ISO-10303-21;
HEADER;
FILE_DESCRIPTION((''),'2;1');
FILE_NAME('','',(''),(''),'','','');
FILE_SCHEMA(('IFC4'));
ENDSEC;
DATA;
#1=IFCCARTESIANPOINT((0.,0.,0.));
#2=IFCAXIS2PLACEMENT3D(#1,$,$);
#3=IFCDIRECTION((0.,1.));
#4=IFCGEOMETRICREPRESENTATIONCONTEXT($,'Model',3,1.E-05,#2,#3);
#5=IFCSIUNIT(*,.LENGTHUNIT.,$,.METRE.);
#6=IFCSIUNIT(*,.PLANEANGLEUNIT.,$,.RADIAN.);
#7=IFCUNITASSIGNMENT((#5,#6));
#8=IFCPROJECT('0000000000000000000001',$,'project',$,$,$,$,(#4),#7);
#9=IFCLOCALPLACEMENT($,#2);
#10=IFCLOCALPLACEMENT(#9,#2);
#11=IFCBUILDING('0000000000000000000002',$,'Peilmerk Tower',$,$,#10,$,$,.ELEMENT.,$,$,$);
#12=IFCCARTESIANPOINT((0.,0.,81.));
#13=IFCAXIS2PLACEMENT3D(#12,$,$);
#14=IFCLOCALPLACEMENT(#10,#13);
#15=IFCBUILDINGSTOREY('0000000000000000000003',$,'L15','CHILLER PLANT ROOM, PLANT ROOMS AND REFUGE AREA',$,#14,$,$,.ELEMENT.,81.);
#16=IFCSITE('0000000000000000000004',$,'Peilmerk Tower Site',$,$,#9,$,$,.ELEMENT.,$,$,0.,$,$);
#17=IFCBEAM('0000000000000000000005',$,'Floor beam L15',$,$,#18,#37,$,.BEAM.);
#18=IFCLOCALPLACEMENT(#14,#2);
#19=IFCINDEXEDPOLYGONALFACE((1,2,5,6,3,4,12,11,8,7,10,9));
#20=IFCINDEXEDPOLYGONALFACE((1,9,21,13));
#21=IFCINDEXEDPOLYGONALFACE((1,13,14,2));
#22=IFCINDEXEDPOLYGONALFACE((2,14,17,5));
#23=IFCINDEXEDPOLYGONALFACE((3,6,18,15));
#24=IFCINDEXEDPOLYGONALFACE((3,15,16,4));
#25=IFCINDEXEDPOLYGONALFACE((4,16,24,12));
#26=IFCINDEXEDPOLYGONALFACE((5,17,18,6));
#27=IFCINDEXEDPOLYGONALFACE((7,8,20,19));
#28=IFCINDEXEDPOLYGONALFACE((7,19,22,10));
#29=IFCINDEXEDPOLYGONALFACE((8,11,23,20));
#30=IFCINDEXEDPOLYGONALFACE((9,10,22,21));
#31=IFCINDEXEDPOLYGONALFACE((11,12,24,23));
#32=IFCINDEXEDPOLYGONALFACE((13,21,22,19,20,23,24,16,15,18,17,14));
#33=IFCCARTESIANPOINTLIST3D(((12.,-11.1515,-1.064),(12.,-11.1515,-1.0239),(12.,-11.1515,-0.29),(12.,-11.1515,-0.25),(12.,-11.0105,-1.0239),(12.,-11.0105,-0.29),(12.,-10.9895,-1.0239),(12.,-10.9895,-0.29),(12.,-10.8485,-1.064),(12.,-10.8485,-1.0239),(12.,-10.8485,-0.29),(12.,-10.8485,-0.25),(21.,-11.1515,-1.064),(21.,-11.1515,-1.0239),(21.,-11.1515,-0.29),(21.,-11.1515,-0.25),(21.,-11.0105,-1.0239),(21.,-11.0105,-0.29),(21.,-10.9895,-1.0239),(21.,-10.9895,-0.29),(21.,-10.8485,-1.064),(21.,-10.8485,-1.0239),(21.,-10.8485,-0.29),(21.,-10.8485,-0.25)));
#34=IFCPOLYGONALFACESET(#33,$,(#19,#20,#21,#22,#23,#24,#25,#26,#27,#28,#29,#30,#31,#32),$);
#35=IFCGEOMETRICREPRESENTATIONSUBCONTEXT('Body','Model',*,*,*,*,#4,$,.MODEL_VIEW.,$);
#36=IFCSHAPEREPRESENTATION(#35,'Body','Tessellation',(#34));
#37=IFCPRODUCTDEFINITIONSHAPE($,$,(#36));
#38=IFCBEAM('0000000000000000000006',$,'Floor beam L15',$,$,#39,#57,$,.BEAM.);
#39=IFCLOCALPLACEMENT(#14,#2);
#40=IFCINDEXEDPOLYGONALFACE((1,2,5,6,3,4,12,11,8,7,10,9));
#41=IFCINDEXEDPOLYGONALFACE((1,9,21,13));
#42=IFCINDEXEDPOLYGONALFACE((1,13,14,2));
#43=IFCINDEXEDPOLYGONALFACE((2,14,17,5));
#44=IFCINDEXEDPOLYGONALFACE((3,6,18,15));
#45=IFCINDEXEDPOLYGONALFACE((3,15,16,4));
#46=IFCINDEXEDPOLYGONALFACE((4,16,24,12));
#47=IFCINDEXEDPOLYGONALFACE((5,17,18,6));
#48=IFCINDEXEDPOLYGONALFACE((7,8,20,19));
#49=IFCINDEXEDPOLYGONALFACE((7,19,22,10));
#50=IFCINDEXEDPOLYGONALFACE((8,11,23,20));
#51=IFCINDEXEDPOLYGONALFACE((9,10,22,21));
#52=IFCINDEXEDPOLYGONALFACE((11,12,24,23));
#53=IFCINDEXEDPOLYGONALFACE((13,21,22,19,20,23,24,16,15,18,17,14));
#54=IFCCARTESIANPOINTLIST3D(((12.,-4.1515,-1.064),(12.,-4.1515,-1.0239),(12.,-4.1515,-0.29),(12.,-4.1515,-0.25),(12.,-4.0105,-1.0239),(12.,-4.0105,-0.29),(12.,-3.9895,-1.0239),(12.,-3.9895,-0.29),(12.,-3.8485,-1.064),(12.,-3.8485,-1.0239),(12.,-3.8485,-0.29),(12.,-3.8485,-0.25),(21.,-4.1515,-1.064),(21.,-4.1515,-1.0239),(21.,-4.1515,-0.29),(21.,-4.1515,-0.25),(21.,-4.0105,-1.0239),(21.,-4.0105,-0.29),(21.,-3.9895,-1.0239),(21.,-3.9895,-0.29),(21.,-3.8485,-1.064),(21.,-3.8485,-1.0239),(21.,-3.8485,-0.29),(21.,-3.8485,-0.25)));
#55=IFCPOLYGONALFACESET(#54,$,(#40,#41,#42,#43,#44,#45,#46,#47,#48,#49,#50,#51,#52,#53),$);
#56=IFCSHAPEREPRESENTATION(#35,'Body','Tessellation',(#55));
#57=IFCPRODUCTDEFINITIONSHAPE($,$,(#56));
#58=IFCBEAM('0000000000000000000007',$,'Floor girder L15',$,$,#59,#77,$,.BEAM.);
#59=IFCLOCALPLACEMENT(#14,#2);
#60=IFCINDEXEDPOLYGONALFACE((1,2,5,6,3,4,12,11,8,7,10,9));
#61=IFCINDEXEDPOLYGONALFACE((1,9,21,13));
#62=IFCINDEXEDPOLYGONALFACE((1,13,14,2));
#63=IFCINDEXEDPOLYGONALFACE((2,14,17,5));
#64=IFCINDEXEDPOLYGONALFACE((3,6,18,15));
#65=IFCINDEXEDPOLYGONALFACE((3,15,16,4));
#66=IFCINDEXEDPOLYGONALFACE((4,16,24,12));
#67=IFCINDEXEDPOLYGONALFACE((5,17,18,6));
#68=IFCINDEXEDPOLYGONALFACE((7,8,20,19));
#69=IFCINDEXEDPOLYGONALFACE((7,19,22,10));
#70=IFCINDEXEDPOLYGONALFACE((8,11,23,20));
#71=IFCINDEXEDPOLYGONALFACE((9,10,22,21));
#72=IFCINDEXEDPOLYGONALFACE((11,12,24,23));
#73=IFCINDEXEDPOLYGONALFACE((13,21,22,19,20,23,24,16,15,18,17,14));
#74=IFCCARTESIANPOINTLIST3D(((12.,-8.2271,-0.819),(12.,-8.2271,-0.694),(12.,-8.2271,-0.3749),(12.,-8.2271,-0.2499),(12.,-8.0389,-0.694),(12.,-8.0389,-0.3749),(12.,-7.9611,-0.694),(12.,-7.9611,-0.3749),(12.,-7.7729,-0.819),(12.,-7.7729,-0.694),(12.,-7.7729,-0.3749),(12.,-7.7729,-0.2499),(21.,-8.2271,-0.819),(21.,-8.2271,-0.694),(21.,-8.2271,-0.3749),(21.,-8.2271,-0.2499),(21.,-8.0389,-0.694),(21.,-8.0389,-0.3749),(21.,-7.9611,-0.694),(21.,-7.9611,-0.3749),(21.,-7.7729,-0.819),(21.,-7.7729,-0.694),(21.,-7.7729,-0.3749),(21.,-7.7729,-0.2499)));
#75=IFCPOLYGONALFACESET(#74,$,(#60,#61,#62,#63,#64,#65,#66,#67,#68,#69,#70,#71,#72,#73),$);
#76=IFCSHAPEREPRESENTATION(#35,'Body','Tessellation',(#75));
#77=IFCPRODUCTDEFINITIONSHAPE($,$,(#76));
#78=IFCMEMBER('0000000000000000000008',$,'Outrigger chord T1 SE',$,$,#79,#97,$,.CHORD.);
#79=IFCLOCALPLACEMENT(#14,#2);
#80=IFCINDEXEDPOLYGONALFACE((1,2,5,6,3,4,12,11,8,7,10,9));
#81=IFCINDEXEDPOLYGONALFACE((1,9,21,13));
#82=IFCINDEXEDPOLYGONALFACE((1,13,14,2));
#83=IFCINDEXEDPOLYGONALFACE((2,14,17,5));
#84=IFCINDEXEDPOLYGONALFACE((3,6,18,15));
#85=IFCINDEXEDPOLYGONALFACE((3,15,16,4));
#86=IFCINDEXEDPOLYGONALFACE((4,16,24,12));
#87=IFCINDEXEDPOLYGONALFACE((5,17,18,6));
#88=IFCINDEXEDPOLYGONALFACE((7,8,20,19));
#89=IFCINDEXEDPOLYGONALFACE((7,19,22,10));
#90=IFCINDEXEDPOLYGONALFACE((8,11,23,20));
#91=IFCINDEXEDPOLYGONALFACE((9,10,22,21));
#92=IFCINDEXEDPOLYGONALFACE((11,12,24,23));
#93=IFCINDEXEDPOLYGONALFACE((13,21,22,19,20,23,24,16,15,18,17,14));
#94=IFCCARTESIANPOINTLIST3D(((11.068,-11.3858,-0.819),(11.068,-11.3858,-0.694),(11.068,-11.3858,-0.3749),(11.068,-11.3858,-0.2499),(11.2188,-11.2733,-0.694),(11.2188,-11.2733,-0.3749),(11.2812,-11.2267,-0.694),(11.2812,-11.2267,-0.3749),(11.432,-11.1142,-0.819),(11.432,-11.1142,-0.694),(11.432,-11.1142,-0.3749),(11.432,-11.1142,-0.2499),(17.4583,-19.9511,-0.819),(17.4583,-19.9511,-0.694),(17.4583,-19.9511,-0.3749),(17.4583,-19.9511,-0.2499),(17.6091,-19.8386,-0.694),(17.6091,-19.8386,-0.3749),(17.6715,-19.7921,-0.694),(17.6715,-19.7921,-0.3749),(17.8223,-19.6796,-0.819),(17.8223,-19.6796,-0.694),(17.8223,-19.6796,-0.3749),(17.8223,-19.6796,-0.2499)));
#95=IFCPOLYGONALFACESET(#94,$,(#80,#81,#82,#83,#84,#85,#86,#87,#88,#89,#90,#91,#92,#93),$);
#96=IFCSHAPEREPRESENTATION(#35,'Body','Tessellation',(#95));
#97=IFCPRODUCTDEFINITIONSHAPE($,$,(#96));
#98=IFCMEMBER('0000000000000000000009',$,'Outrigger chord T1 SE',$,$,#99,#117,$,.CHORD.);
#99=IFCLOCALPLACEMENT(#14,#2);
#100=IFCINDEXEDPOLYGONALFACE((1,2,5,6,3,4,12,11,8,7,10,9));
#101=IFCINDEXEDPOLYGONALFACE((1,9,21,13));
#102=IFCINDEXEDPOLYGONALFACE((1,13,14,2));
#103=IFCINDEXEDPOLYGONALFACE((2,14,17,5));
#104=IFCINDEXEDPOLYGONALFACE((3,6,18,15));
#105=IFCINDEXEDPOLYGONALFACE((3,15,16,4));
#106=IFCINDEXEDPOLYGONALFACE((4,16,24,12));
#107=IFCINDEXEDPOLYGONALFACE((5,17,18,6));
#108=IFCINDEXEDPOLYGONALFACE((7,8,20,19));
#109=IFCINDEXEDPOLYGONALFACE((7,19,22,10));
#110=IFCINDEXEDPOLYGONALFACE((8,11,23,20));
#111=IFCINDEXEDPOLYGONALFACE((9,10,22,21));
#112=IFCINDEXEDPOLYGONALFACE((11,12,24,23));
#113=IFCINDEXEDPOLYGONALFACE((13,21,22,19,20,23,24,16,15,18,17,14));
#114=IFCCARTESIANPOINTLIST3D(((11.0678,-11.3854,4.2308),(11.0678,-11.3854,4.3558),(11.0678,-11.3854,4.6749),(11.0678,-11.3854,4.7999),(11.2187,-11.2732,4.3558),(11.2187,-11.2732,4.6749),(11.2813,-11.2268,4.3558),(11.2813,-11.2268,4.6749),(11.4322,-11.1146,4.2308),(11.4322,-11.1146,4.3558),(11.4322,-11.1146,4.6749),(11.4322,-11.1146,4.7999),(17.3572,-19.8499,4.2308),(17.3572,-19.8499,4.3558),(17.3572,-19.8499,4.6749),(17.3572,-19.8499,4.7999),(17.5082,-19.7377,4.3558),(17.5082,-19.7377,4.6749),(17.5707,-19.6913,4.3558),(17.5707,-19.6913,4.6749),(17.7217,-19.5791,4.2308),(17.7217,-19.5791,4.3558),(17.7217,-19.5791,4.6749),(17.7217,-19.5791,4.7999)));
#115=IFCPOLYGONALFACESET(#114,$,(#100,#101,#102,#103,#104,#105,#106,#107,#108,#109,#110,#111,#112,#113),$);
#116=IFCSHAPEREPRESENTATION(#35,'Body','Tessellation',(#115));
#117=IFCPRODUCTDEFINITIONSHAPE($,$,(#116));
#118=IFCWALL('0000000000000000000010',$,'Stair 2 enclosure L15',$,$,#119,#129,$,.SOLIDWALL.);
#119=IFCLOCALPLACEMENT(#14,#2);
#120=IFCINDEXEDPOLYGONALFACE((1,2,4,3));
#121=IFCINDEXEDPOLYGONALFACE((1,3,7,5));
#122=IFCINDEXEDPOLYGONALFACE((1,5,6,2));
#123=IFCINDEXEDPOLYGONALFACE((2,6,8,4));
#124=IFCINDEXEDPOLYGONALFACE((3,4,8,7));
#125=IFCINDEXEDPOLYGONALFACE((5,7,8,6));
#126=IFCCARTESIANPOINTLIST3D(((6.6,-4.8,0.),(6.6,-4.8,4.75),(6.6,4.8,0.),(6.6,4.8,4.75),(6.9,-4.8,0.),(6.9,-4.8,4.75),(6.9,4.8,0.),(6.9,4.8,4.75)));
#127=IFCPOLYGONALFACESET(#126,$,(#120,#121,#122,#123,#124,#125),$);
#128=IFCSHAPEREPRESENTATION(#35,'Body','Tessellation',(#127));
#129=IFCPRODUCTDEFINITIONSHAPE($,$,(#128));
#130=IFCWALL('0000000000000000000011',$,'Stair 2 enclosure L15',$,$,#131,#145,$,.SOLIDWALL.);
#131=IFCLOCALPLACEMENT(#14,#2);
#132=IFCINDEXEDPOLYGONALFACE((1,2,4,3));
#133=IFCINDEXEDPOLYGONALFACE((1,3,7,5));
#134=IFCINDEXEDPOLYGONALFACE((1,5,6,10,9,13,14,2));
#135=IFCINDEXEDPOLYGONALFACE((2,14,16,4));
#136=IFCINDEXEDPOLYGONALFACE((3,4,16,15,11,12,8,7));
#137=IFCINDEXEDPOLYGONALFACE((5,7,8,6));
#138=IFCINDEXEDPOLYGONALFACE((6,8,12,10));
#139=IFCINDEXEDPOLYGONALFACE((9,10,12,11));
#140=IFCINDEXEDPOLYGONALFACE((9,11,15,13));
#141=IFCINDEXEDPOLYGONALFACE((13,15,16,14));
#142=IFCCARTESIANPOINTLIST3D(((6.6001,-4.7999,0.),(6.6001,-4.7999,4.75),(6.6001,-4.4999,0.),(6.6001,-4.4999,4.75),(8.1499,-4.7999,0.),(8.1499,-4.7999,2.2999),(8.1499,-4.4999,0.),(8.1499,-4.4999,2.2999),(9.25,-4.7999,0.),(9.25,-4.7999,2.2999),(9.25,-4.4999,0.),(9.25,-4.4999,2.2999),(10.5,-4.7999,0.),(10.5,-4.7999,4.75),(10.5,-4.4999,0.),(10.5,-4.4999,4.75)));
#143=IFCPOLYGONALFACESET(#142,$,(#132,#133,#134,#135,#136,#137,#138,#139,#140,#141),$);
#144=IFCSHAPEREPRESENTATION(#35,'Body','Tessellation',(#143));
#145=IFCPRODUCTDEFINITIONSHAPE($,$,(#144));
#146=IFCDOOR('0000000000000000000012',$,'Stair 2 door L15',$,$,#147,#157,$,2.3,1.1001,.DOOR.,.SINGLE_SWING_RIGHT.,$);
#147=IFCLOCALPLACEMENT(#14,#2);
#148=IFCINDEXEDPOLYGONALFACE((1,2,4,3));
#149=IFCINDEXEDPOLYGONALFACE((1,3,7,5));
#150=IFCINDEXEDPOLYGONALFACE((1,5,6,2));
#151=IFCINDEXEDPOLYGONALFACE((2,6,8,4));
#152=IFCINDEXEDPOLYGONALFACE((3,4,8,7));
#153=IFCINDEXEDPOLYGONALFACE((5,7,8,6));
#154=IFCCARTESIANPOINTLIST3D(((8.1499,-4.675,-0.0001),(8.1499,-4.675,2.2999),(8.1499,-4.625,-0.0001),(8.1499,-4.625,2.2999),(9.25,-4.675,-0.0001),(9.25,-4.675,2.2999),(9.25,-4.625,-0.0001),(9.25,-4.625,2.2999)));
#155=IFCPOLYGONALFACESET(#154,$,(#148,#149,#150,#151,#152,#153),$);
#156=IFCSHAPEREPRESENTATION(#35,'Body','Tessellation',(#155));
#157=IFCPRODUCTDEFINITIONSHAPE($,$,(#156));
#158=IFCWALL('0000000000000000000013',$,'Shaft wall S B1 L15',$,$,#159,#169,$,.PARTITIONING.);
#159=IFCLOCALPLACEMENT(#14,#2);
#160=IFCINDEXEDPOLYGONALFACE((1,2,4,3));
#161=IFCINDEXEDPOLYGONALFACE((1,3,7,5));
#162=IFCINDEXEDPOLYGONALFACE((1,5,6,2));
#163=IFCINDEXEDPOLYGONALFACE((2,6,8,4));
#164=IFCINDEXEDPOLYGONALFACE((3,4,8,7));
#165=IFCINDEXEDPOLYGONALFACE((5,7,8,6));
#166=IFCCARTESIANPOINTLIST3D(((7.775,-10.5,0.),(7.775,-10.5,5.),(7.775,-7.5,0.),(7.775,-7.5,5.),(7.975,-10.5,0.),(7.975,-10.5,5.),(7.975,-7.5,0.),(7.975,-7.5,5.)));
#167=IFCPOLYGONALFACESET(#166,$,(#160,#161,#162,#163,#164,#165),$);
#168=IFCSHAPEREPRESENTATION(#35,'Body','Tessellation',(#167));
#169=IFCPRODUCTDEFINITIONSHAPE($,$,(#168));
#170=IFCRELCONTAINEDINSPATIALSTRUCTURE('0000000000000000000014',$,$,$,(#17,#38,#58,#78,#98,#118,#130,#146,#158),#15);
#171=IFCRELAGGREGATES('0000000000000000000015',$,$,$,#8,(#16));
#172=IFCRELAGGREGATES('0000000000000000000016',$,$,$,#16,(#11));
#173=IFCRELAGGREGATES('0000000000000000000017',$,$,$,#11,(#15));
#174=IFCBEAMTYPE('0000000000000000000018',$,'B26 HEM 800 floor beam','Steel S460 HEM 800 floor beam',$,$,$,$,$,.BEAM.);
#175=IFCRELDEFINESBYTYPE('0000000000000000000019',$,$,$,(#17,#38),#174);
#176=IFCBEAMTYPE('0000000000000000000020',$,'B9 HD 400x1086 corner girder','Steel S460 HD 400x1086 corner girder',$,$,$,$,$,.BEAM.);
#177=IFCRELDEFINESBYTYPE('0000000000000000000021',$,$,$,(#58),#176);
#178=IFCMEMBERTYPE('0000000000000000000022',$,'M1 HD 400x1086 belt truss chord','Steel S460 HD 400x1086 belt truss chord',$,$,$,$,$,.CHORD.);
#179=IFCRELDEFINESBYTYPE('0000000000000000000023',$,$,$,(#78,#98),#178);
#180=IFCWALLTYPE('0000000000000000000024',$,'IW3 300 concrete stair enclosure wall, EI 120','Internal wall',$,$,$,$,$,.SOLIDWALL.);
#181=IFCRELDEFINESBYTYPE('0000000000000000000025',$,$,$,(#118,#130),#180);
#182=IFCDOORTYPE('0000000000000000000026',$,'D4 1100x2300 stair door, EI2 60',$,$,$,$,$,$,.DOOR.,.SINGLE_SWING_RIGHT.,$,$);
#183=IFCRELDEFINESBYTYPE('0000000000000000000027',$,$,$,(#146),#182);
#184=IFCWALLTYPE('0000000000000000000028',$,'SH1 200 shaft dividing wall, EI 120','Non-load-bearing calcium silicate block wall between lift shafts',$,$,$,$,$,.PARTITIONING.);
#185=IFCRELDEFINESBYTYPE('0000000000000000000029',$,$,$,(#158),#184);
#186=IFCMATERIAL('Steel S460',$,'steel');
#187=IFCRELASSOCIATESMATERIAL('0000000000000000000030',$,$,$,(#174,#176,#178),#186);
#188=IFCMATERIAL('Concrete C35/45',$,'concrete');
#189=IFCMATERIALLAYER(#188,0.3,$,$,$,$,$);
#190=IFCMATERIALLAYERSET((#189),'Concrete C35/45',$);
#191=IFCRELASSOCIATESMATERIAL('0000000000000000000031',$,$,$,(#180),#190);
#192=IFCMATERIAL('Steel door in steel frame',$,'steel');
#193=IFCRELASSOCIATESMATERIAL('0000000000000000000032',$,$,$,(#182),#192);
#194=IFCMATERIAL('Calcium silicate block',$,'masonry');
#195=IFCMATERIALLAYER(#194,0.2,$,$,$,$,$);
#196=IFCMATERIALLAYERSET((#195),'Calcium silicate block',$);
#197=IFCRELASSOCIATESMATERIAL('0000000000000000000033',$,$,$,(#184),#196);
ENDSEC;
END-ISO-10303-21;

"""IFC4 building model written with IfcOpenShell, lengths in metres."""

from ifc_helpers import new_model, si_unit, direction, frame, frame_2d, origin, origin_2d, place, context, subcontext, project, spatial, rectangle, i_section, extrude, material, layer, layer_set, material_profile, profile_set, type_object, element, fill, save


model = new_model("IFC4")

# Units and contexts
model_context = context("Model", 3, precision=1e-05, world=origin(), true_north=direction((0.0, 1.0)))
body_context = subcontext(model_context, "Body", "Model", "MODEL_VIEW")
ifc_project = project(units=[si_unit("LENGTHUNIT", "METRE"), si_unit("PLANEANGLEUNIT", "RADIAN")], contexts=[model_context])

# Site, building, storey
site_placement = place(None, origin())
site = spatial("IfcSite", under=ifc_project, at=site_placement, Name="Peilmerk Tower Site", CompositionType="ELEMENT", RefElevation=0.0)
building_placement = place(site_placement, origin())
building = spatial("IfcBuilding", under=site, at=building_placement, Name="Peilmerk Tower", CompositionType="ELEMENT")
storey_placement = place(building_placement, frame((0.0, 0.0, 81.0)))
storey = spatial("IfcBuildingStorey", under=building, at=storey_placement, Name="L15", Description="CHILLER PLANT ROOM, PLANT ROOMS AND REFUGE AREA", CompositionType="ELEMENT", Elevation=81.0)

# Beams
ifc_material_1 = material(Name="Steel S460", Category="steel")
ifc_material_profile_1 = material_profile(ifc_material_1, i_section(OverallWidth=0.303, OverallDepth=0.814, WebThickness=0.021, FlangeThickness=0.04, at=origin_2d()), Name="HEM 800")
ifc_profile_set_1 = profile_set([ifc_material_profile_1], Name="Steel S460")
beam_type_1 = type_object("IfcBeamType", Name="B26 HEM 800 floor beam", Description="Steel S460 HEM 800 floor beam", PredefinedType="BEAM", material=ifc_profile_set_1)
for number, where, z_axis, x_axis, name in (
    (1, (12.0, -11.0, -0.657), (1.0, 0.0, 0.0), (0.0, 1.0, 0.0), "Floor beam L15"),
    (2, (12.0, -4.0, -0.657), (1.0, 0.0, 0.0), (0.0, 1.0, 0.0), "Floor beam L15"),
):
    element("IfcBeam", number, at=place(storey_placement, frame(where, z_axis=z_axis, x_axis=x_axis)), inside=storey, type_object=beam_type_1, Name=name, PredefinedType="BEAM", context=body_context, shape_type="SweptSolid", body=[
        extrude(i_section(OverallWidth=0.303, OverallDepth=0.814, WebThickness=0.021, FlangeThickness=0.04, at=origin_2d()), origin(), (0.0, 0.0, 1.0), 9.0),
    ])
ifc_material_profile_2 = material_profile(ifc_material_1, i_section(OverallWidth=0.4541, OverallDepth=0.5691, WebThickness=0.0779, FlangeThickness=0.125, at=origin_2d()), Name="HD 400x1086")
ifc_profile_set_2 = profile_set([ifc_material_profile_2], Name="Steel S460")
beam_type_2 = type_object("IfcBeamType", Name="B9 HD 400x1086 corner girder", Description="Steel S460 HD 400x1086 corner girder", PredefinedType="BEAM", material=ifc_profile_set_2)
beam_placement = place(storey_placement, frame((12.0, -8.0, -0.5344), z_axis=(1.0, 0.0, 0.0), x_axis=(0.0, 1.0, 0.0)))
element("IfcBeam", 3, at=beam_placement, inside=storey, type_object=beam_type_2, Name="Floor girder L15", PredefinedType="BEAM", context=body_context, shape_type="SweptSolid", body=[
    extrude(i_section(OverallWidth=0.4541, OverallDepth=0.5691, WebThickness=0.0779, FlangeThickness=0.125, at=origin_2d()), origin(), (0.0, 0.0, 1.0), 9.0),
])

# Members
ifc_material_profile_3 = material_profile(ifc_material_1, i_section(OverallWidth=0.4541, OverallDepth=0.5691, WebThickness=0.0779, FlangeThickness=0.125, at=origin_2d()), Name="HD 400x1086")
ifc_profile_set_3 = profile_set([ifc_material_profile_3], Name="Steel S460")
member_type = type_object("IfcMemberType", Name="M1 HD 400x1086 belt truss chord", Description="Steel S460 HD 400x1086 belt truss chord", PredefinedType="CHORD", material=ifc_profile_set_3)
member_1_placement = place(storey_placement, frame((11.25, -11.25, -0.5344), z_axis=(0.59798, -0.801511, 0.0), x_axis=(0.801511, 0.59798, 0.0)))
element("IfcMember", 4, at=member_1_placement, inside=storey, type_object=member_type, Name="Outrigger chord T1 SE", PredefinedType="CHORD", context=body_context, shape_type="SweptSolid", body=[
    extrude(i_section(OverallWidth=0.4541, OverallDepth=0.5691, WebThickness=0.0779, FlangeThickness=0.125, at=origin_2d()), origin(), (0.0, 0.0, 1.0), 10.6865),
])
member_2_placement = place(storey_placement, frame((11.25, -11.25, 4.5154), z_axis=(0.596419, -0.802673, 0.0), x_axis=(0.802673, 0.596419, 0.0)))
element("IfcMember", 5, at=member_2_placement, inside=storey, type_object=member_type, Name="Outrigger chord T1 SE", PredefinedType="CHORD", context=body_context, shape_type="SweptSolid", body=[
    extrude(i_section(OverallWidth=0.4541, OverallDepth=0.5691, WebThickness=0.0779, FlangeThickness=0.125, at=origin_2d()), origin(), (0.0, 0.0, 1.0), 10.5454),
])

# Wall
ifc_material_2 = material(Name="Concrete C35/45", Category="concrete")
ifc_layer_1 = layer(ifc_material_2, 0.3)
ifc_layer_set_1 = layer_set([ifc_layer_1], Name="Concrete C35/45")
wall_type_1 = type_object("IfcWallType", Name="IW3 300 concrete stair enclosure wall, EI 120", Description="Internal wall", PredefinedType="SOLIDWALL", material=ifc_layer_set_1)
wall_1_placement = place(storey_placement, frame((6.75, -4.8, 0.0), z_axis=(0.0, 0.0, 1.0), x_axis=(0.0, 1.0, 0.0)))
element("IfcWall", 6, at=wall_1_placement, inside=storey, type_object=wall_type_1, Name="Stair 2 enclosure L15", PredefinedType="SOLIDWALL", context=body_context, shape_type="SweptSolid", body=[
    extrude(rectangle(XDim=9.6001, YDim=0.3, at=frame_2d((4.8, 0.0))), origin(), (0.0, 0.0, 1.0), 4.75),
])

# Wall, opening, door
wall_2_placement = place(storey_placement, frame((10.5, -4.6499, 0.0), z_axis=(0.0, 0.0, 1.0), x_axis=(-1.0, 0.0, 0.0)))
wall_2 = element("IfcWall", 7, at=wall_2_placement, inside=storey, type_object=wall_type_1, Name="Stair 2 enclosure L15", PredefinedType="SOLIDWALL", context=body_context, shape_type="SweptSolid", body=[
    extrude(rectangle(XDim=3.8999, YDim=0.3, at=frame_2d((1.95, 0.0))), origin(), (0.0, 0.0, 1.0), 4.75),
])
opening_1_placement = place(wall_2_placement, frame((1.25, 0.0, 0.0)))
opening_1 = element("IfcOpeningElement", 8, at=opening_1_placement, cuts=wall_2, PredefinedType="OPENING", context=body_context, shape_type="SweptSolid", body=[
    extrude(rectangle(XDim=1.1001, YDim=2.3, at=frame_2d((0.55, 1.1499))), frame((0.0, 0.1599, 0.0), z_axis=(0.0, -1.0, 0.0), x_axis=(1.0, 0.0, 0.0)), (0.0, 0.0, 1.0), 0.3201),
])
ifc_material_3 = material(Name="Steel door in steel frame", Category="steel")
door_type_1 = type_object("IfcDoorType", Name="D4 1100x2300 stair door, EI2 60", OperationType="SINGLE_SWING_RIGHT", PredefinedType="DOOR", material=ifc_material_3)
door_1_placement = place(opening_1_placement, frame((1.1001, 0.0, 0.0), z_axis=(0.0, 0.0, 1.0), x_axis=(-1.0, 0.0, 0.0)))
door_1 = element("IfcDoor", 9, at=door_1_placement, inside=storey, type_object=door_type_1, Name="Stair 2 door L15", OperationType="SINGLE_SWING_RIGHT", OverallHeight=2.3, OverallWidth=1.1001, PredefinedType="DOOR", context=body_context, shape_type="SweptSolid", body=[
    extrude(rectangle(XDim=1.1001, YDim=2.3, at=frame_2d((0.55, 1.1499))), frame((0.0, 0.0249, 0.0), z_axis=(0.0, -1.0, 0.0), x_axis=(1.0, 0.0, 0.0)), (0.0, 0.0, 1.0), 0.05),
])
fill(opening_1, door_1)

# Wall
ifc_material_4 = material(Name="Calcium silicate block", Category="masonry")
ifc_layer_2 = layer(ifc_material_4, 0.2)
ifc_layer_set_2 = layer_set([ifc_layer_2], Name="Calcium silicate block")
wall_type_2 = type_object("IfcWallType", Name="SH1 200 shaft dividing wall, EI 120", Description="Non-load-bearing calcium silicate block wall between lift shafts", PredefinedType="PARTITIONING", material=ifc_layer_set_2)
wall_3_placement = place(storey_placement, frame((7.875, -10.5, 0.0), z_axis=(0.0, 0.0, 1.0), x_axis=(0.0, 1.0, 0.0)))
element("IfcWall", 10, at=wall_3_placement, inside=storey, type_object=wall_type_2, Name="Shaft wall S B1 L15", PredefinedType="PARTITIONING", context=body_context, shape_type="SweptSolid", body=[
    extrude(rectangle(XDim=3.0, YDim=0.2, at=frame_2d((1.5, 0.0))), origin(), (0.0, 0.0, 1.0), 5.0),
])

save(model, "model.ifc")
